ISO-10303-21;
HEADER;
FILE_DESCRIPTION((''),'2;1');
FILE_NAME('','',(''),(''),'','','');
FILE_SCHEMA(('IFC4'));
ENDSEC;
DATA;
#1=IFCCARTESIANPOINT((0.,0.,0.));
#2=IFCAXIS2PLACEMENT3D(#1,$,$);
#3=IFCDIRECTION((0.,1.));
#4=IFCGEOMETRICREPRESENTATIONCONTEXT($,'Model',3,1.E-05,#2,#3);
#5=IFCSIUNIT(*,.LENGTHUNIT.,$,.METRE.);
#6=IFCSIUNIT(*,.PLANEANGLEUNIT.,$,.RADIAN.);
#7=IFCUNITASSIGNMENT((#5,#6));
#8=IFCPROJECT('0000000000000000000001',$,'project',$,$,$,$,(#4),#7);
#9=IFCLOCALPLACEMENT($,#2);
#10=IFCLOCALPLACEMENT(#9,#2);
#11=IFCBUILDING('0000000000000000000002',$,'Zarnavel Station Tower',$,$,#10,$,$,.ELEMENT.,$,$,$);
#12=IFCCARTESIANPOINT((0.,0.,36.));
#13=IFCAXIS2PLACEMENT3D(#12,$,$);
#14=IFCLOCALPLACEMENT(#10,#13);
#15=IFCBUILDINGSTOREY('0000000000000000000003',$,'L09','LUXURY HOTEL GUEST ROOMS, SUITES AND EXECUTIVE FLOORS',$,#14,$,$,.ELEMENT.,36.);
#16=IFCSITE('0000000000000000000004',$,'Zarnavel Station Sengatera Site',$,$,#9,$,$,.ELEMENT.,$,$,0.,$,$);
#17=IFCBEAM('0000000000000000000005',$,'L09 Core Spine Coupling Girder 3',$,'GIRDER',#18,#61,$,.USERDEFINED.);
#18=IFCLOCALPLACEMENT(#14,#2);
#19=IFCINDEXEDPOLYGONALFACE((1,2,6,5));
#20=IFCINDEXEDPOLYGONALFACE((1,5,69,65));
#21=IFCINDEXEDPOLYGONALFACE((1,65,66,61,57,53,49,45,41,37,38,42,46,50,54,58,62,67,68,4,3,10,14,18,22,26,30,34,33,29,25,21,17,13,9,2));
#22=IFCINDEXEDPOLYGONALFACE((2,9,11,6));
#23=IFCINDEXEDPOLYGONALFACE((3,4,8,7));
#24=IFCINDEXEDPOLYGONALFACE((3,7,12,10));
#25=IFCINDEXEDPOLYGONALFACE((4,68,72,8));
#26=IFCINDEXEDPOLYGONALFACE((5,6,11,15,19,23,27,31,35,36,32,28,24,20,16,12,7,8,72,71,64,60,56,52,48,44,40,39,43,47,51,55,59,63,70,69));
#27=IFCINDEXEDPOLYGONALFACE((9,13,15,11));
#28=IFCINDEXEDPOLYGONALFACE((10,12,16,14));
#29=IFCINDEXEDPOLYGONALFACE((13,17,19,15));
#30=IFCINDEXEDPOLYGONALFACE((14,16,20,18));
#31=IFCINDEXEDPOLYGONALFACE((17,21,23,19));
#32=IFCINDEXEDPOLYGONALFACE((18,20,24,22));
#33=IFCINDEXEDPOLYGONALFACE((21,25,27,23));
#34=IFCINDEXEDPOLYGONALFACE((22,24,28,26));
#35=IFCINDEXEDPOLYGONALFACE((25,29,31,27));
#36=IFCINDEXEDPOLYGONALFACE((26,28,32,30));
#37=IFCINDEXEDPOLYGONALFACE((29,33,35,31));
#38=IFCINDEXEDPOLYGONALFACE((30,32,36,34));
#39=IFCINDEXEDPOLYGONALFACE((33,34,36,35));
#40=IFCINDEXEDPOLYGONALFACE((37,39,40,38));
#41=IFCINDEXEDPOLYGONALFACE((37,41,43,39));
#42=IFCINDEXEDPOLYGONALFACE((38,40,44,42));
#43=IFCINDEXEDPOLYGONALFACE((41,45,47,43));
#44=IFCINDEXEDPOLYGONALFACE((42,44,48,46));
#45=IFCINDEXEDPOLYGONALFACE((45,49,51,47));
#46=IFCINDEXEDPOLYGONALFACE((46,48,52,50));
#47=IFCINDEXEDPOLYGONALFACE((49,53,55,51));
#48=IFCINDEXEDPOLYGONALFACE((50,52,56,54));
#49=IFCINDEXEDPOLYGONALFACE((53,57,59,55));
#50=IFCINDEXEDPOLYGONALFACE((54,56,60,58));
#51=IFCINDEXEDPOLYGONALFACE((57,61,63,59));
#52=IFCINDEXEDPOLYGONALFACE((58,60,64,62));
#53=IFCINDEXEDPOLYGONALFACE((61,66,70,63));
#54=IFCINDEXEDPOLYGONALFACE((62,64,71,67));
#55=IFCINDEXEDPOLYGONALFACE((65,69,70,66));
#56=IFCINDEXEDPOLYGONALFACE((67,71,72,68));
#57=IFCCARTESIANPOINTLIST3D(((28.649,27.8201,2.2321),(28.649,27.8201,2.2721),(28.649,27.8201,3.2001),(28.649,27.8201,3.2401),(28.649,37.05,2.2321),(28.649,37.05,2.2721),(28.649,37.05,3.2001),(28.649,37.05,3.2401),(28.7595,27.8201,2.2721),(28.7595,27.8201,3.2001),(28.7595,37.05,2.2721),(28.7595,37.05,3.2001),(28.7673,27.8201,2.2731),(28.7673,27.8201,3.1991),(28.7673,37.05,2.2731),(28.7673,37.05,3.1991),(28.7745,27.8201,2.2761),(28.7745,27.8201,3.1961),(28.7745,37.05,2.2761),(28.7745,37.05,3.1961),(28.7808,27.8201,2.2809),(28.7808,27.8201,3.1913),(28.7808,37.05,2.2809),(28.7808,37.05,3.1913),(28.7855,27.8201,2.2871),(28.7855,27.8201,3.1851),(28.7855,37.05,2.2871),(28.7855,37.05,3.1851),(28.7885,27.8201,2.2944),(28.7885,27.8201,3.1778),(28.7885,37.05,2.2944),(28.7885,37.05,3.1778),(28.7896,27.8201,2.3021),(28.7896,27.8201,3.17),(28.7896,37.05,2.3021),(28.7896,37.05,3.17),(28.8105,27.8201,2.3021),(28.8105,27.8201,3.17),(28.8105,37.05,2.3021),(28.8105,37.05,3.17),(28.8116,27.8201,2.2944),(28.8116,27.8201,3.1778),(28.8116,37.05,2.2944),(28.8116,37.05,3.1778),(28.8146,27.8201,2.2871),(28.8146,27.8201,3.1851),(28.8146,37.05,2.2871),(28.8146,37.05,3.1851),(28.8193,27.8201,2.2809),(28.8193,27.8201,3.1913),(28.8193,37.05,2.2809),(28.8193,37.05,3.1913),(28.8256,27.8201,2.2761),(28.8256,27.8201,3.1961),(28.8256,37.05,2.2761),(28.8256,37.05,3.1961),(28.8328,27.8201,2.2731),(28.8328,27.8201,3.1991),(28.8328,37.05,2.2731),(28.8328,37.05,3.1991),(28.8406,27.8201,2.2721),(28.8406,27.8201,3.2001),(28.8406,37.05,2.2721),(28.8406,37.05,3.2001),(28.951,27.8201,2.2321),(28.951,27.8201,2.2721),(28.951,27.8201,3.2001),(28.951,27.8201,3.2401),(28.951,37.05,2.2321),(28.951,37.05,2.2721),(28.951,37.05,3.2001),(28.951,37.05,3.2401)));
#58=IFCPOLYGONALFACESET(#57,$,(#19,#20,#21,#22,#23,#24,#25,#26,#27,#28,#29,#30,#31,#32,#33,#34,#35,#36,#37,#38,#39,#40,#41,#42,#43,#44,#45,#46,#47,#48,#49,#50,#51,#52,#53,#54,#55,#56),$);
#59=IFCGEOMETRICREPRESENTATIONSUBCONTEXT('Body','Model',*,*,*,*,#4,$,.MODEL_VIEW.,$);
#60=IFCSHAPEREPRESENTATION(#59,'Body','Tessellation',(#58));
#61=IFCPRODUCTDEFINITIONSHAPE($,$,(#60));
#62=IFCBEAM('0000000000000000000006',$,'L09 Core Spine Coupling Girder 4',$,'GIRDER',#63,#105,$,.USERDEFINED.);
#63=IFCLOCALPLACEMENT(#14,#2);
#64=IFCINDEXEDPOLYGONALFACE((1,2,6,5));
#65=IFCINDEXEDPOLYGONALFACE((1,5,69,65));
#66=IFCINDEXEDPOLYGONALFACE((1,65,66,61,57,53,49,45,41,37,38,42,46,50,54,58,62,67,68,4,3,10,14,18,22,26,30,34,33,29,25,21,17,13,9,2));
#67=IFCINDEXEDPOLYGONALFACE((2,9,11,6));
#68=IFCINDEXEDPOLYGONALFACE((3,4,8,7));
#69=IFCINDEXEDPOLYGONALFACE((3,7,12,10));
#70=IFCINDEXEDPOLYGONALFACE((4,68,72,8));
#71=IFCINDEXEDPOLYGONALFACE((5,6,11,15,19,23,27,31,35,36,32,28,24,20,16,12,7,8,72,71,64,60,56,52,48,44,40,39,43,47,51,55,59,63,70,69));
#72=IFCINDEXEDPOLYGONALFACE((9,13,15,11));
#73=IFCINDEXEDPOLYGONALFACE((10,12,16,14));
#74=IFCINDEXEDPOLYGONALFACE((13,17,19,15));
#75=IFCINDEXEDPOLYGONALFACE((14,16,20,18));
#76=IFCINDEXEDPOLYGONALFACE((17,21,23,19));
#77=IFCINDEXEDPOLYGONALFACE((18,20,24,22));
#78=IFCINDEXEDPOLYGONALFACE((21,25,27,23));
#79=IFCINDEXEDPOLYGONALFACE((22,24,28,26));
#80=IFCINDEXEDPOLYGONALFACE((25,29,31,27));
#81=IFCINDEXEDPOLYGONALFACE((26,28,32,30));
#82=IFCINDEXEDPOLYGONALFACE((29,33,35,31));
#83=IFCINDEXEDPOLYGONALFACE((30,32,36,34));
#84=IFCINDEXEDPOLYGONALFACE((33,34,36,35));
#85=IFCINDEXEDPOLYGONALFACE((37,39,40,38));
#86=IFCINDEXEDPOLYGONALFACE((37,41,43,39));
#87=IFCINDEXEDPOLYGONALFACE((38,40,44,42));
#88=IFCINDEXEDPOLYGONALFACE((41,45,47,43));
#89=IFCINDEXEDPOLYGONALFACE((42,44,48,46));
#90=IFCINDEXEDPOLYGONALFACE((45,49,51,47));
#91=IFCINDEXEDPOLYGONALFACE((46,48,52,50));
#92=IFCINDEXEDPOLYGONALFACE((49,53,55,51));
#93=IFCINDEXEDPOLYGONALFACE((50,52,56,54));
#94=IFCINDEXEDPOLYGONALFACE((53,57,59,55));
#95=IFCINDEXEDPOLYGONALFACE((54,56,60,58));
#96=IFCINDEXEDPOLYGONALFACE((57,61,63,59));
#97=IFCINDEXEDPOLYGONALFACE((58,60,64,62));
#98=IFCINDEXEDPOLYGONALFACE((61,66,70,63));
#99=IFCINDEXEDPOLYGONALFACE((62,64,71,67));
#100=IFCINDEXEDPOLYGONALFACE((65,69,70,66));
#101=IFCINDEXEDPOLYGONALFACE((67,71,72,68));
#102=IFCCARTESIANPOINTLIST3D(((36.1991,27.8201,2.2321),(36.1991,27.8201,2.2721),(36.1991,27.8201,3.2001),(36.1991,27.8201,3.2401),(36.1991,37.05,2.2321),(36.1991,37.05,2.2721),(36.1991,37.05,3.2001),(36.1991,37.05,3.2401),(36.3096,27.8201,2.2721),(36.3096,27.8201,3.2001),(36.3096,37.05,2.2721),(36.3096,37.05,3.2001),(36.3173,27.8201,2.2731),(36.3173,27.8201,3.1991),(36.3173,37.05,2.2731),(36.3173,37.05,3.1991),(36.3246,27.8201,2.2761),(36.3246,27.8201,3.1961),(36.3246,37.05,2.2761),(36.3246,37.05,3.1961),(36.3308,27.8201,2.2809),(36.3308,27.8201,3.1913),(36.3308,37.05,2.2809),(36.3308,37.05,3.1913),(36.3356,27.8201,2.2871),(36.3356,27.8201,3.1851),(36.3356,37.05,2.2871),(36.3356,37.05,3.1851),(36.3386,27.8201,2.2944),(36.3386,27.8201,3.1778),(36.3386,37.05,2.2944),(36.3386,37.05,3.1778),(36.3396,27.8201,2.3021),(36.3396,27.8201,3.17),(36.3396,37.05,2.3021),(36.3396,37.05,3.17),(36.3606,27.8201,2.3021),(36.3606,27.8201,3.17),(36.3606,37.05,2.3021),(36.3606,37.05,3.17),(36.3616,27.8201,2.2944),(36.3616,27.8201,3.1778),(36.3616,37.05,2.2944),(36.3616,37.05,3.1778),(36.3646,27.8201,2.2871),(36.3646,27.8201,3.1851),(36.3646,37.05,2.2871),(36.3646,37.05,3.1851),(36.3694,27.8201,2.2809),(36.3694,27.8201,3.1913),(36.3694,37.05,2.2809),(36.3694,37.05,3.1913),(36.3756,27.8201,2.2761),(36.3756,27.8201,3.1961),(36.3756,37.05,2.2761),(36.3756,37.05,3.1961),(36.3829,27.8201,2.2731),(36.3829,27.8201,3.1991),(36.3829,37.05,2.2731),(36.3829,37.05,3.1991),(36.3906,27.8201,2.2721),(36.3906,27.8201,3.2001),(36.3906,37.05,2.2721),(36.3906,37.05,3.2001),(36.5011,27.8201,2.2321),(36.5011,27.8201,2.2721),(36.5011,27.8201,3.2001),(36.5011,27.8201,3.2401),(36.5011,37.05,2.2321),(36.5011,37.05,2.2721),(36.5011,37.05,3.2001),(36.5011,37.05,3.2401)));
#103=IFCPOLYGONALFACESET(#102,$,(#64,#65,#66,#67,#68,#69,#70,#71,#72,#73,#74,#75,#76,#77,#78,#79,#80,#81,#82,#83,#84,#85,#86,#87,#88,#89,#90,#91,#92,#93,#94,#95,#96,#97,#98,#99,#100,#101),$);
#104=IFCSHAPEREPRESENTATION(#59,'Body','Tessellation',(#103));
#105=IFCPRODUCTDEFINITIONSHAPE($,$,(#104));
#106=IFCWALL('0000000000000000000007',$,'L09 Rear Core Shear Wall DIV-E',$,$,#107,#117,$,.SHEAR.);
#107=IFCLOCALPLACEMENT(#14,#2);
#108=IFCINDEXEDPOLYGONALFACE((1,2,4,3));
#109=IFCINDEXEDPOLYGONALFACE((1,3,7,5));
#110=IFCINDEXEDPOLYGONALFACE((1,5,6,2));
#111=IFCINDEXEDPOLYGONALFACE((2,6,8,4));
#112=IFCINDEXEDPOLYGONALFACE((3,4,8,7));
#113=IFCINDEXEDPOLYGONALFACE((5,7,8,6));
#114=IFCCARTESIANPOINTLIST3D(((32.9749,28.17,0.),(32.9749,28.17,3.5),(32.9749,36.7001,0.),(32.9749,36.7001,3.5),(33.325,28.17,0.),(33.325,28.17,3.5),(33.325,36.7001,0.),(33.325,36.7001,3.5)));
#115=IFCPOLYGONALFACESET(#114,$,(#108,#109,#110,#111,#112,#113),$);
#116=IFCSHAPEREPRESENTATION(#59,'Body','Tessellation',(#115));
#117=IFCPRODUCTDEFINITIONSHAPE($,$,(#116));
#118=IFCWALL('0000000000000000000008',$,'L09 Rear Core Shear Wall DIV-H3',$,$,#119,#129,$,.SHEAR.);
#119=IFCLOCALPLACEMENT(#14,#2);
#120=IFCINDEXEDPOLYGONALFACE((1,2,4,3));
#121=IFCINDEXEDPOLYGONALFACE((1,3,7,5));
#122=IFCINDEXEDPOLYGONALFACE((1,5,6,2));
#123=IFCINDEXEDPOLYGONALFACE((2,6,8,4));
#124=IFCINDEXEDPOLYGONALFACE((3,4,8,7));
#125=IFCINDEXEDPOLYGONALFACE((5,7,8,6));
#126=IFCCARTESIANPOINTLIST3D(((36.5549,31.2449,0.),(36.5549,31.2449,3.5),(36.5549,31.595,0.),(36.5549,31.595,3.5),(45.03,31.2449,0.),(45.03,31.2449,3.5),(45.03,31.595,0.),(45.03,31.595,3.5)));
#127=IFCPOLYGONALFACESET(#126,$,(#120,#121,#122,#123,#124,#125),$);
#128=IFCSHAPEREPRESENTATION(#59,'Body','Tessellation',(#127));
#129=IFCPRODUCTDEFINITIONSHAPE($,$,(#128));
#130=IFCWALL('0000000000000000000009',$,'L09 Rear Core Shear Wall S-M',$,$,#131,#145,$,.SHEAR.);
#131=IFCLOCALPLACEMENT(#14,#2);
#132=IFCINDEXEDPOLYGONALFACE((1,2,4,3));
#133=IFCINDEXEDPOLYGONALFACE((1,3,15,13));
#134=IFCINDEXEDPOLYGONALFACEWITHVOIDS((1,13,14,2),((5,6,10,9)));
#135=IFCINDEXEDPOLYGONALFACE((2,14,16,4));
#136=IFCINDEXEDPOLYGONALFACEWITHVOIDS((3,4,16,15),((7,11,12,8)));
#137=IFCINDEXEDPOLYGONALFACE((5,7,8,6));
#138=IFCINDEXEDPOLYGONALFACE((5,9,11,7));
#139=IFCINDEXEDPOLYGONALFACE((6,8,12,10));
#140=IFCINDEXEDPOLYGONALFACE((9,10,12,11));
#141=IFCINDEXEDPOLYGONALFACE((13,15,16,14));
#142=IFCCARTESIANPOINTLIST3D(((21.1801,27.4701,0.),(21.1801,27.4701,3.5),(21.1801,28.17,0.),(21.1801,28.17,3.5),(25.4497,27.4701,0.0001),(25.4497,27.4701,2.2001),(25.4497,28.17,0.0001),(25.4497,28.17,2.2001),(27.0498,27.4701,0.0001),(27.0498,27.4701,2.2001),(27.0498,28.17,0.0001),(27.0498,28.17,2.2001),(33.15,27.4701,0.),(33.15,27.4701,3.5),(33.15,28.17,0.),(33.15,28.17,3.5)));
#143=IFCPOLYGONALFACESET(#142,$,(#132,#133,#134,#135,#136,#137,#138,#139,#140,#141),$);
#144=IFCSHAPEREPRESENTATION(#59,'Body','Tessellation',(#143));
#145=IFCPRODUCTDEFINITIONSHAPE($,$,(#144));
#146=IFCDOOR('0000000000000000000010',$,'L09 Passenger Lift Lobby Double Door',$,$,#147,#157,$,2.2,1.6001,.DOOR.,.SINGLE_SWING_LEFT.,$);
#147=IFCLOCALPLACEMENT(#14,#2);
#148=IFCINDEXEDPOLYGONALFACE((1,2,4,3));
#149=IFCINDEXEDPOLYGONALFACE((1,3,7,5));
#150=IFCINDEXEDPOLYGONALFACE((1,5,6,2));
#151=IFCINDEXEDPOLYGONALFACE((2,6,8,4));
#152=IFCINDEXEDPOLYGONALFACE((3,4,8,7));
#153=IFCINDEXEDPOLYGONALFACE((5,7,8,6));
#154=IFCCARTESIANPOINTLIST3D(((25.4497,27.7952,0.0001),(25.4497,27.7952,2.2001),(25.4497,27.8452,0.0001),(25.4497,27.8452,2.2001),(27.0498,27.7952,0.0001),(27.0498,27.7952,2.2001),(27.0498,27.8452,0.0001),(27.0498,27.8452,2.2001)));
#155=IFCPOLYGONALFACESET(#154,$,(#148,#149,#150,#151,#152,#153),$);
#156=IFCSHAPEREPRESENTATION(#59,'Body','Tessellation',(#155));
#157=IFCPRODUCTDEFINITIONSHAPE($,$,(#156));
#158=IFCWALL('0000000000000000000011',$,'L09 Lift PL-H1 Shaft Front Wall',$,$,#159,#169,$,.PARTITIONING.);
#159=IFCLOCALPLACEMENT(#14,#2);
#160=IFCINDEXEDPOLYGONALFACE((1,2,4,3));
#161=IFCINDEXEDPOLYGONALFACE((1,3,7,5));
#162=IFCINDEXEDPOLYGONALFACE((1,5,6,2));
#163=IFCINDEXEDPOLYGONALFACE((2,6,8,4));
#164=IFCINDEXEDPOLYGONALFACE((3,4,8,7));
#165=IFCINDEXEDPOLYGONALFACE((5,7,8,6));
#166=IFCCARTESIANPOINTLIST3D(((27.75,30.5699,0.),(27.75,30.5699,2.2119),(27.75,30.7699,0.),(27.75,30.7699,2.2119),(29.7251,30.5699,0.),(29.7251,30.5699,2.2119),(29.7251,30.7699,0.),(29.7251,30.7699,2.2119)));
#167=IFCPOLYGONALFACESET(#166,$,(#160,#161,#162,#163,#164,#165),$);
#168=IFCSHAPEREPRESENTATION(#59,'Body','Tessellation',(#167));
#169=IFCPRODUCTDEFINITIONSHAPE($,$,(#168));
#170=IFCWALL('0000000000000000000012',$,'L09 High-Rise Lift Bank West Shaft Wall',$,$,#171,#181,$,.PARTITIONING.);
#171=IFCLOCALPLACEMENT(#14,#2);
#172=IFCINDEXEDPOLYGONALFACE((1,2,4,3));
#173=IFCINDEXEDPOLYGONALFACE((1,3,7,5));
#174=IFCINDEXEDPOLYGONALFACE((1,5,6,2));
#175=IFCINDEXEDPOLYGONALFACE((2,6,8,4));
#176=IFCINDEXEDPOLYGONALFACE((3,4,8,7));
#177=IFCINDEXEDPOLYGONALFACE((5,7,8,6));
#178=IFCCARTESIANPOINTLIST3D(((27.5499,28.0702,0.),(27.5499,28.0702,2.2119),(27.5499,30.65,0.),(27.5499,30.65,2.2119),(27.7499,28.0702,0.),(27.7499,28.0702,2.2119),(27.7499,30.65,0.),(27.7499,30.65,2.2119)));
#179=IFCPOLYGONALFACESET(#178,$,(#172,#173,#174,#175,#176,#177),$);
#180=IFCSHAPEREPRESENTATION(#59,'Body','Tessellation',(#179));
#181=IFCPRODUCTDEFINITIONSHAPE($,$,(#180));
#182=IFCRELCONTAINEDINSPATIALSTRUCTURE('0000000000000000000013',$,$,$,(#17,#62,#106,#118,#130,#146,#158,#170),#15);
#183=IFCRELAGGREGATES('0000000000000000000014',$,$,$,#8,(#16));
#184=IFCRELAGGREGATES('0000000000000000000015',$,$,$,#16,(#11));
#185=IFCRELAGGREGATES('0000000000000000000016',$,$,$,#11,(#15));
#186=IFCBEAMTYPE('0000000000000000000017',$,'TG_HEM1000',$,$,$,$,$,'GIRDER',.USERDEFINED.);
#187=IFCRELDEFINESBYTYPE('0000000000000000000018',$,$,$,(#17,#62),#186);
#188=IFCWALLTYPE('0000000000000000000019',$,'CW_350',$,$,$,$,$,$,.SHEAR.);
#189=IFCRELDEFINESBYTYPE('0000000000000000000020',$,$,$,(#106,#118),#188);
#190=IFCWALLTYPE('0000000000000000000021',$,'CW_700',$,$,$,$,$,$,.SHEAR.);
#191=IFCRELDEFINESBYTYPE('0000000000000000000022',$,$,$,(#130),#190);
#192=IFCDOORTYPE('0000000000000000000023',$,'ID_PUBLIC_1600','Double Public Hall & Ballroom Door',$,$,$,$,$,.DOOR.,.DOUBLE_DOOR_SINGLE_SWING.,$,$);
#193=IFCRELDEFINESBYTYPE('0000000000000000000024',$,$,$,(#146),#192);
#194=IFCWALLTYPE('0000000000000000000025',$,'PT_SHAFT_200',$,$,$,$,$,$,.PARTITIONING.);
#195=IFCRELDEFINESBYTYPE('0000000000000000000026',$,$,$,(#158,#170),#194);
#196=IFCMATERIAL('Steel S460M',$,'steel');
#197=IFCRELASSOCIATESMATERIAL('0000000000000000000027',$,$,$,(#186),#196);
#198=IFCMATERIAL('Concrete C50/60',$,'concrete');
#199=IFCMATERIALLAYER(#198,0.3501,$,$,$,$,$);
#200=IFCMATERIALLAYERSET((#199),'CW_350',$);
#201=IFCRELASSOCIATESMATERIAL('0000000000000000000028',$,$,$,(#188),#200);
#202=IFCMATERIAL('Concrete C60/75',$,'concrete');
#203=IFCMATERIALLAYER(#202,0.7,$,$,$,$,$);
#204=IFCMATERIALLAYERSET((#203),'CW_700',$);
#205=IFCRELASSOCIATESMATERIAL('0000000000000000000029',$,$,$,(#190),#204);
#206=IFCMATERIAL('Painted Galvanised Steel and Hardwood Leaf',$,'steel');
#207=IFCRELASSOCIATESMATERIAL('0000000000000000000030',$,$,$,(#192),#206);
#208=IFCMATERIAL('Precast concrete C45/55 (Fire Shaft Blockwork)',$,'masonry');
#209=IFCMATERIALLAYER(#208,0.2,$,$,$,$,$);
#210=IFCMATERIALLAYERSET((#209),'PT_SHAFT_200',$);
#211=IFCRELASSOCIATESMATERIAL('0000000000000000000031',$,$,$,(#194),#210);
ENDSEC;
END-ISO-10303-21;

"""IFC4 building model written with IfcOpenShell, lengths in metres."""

from ifc_helpers import new_model, si_unit, direction, frame, frame_2d, origin, origin_2d, place, context, subcontext, project, spatial, rectangle, i_section, extrude, material, layer, layer_set, material_profile, profile_set, type_object, element, fill, save


model = new_model("IFC4")

# Units and contexts
model_context = context("Model", 3, precision=1e-05, world=origin(), true_north=direction((0.0, 1.0)))
body_context = subcontext(model_context, "Body", "Model", "MODEL_VIEW")
ifc_project = project(units=[si_unit("LENGTHUNIT", "METRE"), si_unit("PLANEANGLEUNIT", "RADIAN")], contexts=[model_context])

# Site, building, storey
site_placement = place(None, origin())
site = spatial("IfcSite", under=ifc_project, at=site_placement, Name="Zarnavel Station Sengatera Site", CompositionType="ELEMENT", RefElevation=0.0)
building_placement = place(site_placement, origin())
building = spatial("IfcBuilding", under=site, at=building_placement, Name="Zarnavel Station Tower", CompositionType="ELEMENT")
storey_placement = place(building_placement, frame((0.0, 0.0, 36.0)))
storey = spatial("IfcBuildingStorey", under=building, at=storey_placement, Name="L09", Description="LUXURY HOTEL GUEST ROOMS, SUITES AND EXECUTIVE FLOORS", CompositionType="ELEMENT", Elevation=36.0)

# Beams
ifc_material_1 = material(Name="Steel S460M", Category="steel")
ifc_material_profile_1 = material_profile(ifc_material_1, i_section(OverallWidth=0.302, OverallDepth=1.0081, WebThickness=0.021, FlangeThickness=0.04, FilletRadius=0.03, at=origin_2d()), Name="HEM1000")
ifc_profile_set_1 = profile_set([ifc_material_profile_1], Name="Steel S460M")
beam_type_1 = type_object("IfcBeamType", Name="TG_HEM1000", ElementType="GIRDER", PredefinedType="USERDEFINED", material=ifc_profile_set_1)
for number, where, z_axis, x_axis, name in (
    (1, (28.8, 27.8201, 2.7361), (0.0, 1.0, 0.0), (-1.0, 0.0, 0.0), "L09 Core Spine Coupling Girder 3"),
    (2, (36.3501, 27.8201, 2.7361), (0.0, 1.0, 0.0), (-1.0, 0.0, 0.0), "L09 Core Spine Coupling Girder 4"),
):
    element("IfcBeam", number, at=place(storey_placement, frame(where, z_axis=z_axis, x_axis=x_axis)), inside=storey, type_object=beam_type_1, Name=name, ObjectType="GIRDER", PredefinedType="USERDEFINED", context=body_context, shape_type="SweptSolid", body=[
        extrude(i_section(OverallWidth=0.302, OverallDepth=1.0081, WebThickness=0.021, FlangeThickness=0.04, FilletRadius=0.03, at=origin_2d()), origin(), (0.0, 0.0, 1.0), 9.23),
    ])

# Wall
ifc_material_2 = material(Name="Concrete C50/60", Category="concrete")
ifc_layer_1 = layer(ifc_material_2, 0.3501)
ifc_layer_set_1 = layer_set([ifc_layer_1], Name="CW_350")
wall_type_1 = type_object("IfcWallType", Name="CW_350", PredefinedType="SHEAR", material=ifc_layer_set_1)
wall_1_placement = place(storey_placement, frame((33.1499, 28.1699, 0.0), z_axis=(0.0, 0.0, 1.0), x_axis=(0.0, 1.0, 0.0)))
element("IfcWall", 3, at=wall_1_placement, inside=storey, type_object=wall_type_1, Name="L09 Rear Core Shear Wall DIV-E", PredefinedType="SHEAR", context=body_context, shape_type="SweptSolid", body=[
    extrude(rectangle(XDim=8.53, YDim=0.3501, at=frame_2d((4.2651, 0.0))), origin(), (0.0, 0.0, 1.0), 3.5),
])

# Wall
wall_2_placement = place(storey_placement, frame((36.5549, 31.4199, 0.0), z_axis=(0.0, 0.0, 1.0), x_axis=(1.0, 0.0, 0.0)))
element("IfcWall", 4, at=wall_2_placement, inside=storey, type_object=wall_type_1, Name="L09 Rear Core Shear Wall DIV-H3", PredefinedType="SHEAR", context=body_context, shape_type="SweptSolid", body=[
    extrude(rectangle(XDim=8.4751, YDim=0.3501, at=frame_2d((4.2375, 0.0))), origin(), (0.0, 0.0, 1.0), 3.5),
])

# Wall, opening, door
ifc_material_3 = material(Name="Concrete C60/75", Category="concrete")
ifc_layer_2 = layer(ifc_material_3, 0.7)
ifc_layer_set_2 = layer_set([ifc_layer_2], Name="CW_700")
wall_type_2 = type_object("IfcWallType", Name="CW_700", PredefinedType="SHEAR", material=ifc_layer_set_2)
wall_3_placement = place(storey_placement, frame((33.1499, 27.8201, 0.0), z_axis=(0.0, 0.0, 1.0), x_axis=(-1.0, 0.0, 0.0)))
wall_3 = element("IfcWall", 5, at=wall_3_placement, inside=storey, type_object=wall_type_2, Name="L09 Rear Core Shear Wall S-M", PredefinedType="SHEAR", context=body_context, shape_type="SweptSolid", body=[
    extrude(rectangle(XDim=11.97, YDim=0.7, at=frame_2d((5.9849, 0.0))), origin(), (0.0, 0.0, 1.0), 3.5),
])
opening_1_placement = place(wall_3_placement, frame((6.1001, 0.0, 0.0)))
opening_1 = element("IfcOpeningElement", 6, at=opening_1_placement, cuts=wall_3, PredefinedType="OPENING", context=body_context, shape_type="SweptSolid", body=[
    extrude(rectangle(XDim=1.6001, YDim=2.2, at=frame_2d((0.8, 1.1001))), frame((0.0, 0.3599, 0.0), z_axis=(0.0, -1.0, 0.0), x_axis=(1.0, 0.0, 0.0)), (0.0, 0.0, 1.0), 0.72),
])
ifc_material_4 = material(Name="Painted Galvanised Steel and Hardwood Leaf", Category="steel")
door_type_1 = type_object("IfcDoorType", Name="ID_PUBLIC_1600", Description="Double Public Hall & Ballroom Door", OperationType="DOUBLE_DOOR_SINGLE_SWING", PredefinedType="DOOR", material=ifc_material_4)
door_1_placement = place(opening_1_placement, origin())
door_1 = element("IfcDoor", 7, at=door_1_placement, inside=storey, type_object=door_type_1, Name="L09 Passenger Lift Lobby Double Door", OperationType="SINGLE_SWING_LEFT", OverallHeight=2.2, OverallWidth=1.6001, PredefinedType="DOOR", context=body_context, shape_type="SweptSolid", body=[
    extrude(rectangle(XDim=1.6001, YDim=2.2, at=frame_2d((0.8, 1.1001))), frame((0.0, 0.0249, 0.0), z_axis=(0.0, -1.0, 0.0), x_axis=(1.0, 0.0, 0.0)), (0.0, 0.0, 1.0), 0.05),
])
fill(opening_1, door_1)

# Walls
ifc_material_5 = material(Name="Precast concrete C45/55 (Fire Shaft Blockwork)", Category="masonry")
ifc_layer_3 = layer(ifc_material_5, 0.2)
ifc_layer_set_3 = layer_set([ifc_layer_3], Name="PT_SHAFT_200")
wall_type_3 = type_object("IfcWallType", Name="PT_SHAFT_200", PredefinedType="PARTITIONING", material=ifc_layer_set_3)
wall_4_placement = place(storey_placement, frame((27.75, 30.6699, 0.0), z_axis=(0.0, 0.0, 1.0), x_axis=(1.0, 0.0, 0.0)))
element("IfcWall", 8, at=wall_4_placement, inside=storey, type_object=wall_type_3, Name="L09 Lift PL-H1 Shaft Front Wall", PredefinedType="PARTITIONING", context=body_context, shape_type="SweptSolid", body=[
    extrude(rectangle(XDim=1.9751, YDim=0.2, at=frame_2d((0.9875, 0.0))), origin(), (0.0, 0.0, 1.0), 2.2119),
])
wall_5_placement = place(storey_placement, frame((27.6499, 28.0701, 0.0), z_axis=(0.0, 0.0, 1.0), x_axis=(0.0, 1.0, 0.0)))
element("IfcWall", 9, at=wall_5_placement, inside=storey, type_object=wall_type_3, Name="L09 High-Rise Lift Bank West Shaft Wall", PredefinedType="PARTITIONING", context=body_context, shape_type="SweptSolid", body=[
    extrude(rectangle(XDim=2.5798, YDim=0.2, at=frame_2d((1.29, 0.0))), origin(), (0.0, 0.0, 1.0), 2.2119),
])

save(model, "model.ifc")
